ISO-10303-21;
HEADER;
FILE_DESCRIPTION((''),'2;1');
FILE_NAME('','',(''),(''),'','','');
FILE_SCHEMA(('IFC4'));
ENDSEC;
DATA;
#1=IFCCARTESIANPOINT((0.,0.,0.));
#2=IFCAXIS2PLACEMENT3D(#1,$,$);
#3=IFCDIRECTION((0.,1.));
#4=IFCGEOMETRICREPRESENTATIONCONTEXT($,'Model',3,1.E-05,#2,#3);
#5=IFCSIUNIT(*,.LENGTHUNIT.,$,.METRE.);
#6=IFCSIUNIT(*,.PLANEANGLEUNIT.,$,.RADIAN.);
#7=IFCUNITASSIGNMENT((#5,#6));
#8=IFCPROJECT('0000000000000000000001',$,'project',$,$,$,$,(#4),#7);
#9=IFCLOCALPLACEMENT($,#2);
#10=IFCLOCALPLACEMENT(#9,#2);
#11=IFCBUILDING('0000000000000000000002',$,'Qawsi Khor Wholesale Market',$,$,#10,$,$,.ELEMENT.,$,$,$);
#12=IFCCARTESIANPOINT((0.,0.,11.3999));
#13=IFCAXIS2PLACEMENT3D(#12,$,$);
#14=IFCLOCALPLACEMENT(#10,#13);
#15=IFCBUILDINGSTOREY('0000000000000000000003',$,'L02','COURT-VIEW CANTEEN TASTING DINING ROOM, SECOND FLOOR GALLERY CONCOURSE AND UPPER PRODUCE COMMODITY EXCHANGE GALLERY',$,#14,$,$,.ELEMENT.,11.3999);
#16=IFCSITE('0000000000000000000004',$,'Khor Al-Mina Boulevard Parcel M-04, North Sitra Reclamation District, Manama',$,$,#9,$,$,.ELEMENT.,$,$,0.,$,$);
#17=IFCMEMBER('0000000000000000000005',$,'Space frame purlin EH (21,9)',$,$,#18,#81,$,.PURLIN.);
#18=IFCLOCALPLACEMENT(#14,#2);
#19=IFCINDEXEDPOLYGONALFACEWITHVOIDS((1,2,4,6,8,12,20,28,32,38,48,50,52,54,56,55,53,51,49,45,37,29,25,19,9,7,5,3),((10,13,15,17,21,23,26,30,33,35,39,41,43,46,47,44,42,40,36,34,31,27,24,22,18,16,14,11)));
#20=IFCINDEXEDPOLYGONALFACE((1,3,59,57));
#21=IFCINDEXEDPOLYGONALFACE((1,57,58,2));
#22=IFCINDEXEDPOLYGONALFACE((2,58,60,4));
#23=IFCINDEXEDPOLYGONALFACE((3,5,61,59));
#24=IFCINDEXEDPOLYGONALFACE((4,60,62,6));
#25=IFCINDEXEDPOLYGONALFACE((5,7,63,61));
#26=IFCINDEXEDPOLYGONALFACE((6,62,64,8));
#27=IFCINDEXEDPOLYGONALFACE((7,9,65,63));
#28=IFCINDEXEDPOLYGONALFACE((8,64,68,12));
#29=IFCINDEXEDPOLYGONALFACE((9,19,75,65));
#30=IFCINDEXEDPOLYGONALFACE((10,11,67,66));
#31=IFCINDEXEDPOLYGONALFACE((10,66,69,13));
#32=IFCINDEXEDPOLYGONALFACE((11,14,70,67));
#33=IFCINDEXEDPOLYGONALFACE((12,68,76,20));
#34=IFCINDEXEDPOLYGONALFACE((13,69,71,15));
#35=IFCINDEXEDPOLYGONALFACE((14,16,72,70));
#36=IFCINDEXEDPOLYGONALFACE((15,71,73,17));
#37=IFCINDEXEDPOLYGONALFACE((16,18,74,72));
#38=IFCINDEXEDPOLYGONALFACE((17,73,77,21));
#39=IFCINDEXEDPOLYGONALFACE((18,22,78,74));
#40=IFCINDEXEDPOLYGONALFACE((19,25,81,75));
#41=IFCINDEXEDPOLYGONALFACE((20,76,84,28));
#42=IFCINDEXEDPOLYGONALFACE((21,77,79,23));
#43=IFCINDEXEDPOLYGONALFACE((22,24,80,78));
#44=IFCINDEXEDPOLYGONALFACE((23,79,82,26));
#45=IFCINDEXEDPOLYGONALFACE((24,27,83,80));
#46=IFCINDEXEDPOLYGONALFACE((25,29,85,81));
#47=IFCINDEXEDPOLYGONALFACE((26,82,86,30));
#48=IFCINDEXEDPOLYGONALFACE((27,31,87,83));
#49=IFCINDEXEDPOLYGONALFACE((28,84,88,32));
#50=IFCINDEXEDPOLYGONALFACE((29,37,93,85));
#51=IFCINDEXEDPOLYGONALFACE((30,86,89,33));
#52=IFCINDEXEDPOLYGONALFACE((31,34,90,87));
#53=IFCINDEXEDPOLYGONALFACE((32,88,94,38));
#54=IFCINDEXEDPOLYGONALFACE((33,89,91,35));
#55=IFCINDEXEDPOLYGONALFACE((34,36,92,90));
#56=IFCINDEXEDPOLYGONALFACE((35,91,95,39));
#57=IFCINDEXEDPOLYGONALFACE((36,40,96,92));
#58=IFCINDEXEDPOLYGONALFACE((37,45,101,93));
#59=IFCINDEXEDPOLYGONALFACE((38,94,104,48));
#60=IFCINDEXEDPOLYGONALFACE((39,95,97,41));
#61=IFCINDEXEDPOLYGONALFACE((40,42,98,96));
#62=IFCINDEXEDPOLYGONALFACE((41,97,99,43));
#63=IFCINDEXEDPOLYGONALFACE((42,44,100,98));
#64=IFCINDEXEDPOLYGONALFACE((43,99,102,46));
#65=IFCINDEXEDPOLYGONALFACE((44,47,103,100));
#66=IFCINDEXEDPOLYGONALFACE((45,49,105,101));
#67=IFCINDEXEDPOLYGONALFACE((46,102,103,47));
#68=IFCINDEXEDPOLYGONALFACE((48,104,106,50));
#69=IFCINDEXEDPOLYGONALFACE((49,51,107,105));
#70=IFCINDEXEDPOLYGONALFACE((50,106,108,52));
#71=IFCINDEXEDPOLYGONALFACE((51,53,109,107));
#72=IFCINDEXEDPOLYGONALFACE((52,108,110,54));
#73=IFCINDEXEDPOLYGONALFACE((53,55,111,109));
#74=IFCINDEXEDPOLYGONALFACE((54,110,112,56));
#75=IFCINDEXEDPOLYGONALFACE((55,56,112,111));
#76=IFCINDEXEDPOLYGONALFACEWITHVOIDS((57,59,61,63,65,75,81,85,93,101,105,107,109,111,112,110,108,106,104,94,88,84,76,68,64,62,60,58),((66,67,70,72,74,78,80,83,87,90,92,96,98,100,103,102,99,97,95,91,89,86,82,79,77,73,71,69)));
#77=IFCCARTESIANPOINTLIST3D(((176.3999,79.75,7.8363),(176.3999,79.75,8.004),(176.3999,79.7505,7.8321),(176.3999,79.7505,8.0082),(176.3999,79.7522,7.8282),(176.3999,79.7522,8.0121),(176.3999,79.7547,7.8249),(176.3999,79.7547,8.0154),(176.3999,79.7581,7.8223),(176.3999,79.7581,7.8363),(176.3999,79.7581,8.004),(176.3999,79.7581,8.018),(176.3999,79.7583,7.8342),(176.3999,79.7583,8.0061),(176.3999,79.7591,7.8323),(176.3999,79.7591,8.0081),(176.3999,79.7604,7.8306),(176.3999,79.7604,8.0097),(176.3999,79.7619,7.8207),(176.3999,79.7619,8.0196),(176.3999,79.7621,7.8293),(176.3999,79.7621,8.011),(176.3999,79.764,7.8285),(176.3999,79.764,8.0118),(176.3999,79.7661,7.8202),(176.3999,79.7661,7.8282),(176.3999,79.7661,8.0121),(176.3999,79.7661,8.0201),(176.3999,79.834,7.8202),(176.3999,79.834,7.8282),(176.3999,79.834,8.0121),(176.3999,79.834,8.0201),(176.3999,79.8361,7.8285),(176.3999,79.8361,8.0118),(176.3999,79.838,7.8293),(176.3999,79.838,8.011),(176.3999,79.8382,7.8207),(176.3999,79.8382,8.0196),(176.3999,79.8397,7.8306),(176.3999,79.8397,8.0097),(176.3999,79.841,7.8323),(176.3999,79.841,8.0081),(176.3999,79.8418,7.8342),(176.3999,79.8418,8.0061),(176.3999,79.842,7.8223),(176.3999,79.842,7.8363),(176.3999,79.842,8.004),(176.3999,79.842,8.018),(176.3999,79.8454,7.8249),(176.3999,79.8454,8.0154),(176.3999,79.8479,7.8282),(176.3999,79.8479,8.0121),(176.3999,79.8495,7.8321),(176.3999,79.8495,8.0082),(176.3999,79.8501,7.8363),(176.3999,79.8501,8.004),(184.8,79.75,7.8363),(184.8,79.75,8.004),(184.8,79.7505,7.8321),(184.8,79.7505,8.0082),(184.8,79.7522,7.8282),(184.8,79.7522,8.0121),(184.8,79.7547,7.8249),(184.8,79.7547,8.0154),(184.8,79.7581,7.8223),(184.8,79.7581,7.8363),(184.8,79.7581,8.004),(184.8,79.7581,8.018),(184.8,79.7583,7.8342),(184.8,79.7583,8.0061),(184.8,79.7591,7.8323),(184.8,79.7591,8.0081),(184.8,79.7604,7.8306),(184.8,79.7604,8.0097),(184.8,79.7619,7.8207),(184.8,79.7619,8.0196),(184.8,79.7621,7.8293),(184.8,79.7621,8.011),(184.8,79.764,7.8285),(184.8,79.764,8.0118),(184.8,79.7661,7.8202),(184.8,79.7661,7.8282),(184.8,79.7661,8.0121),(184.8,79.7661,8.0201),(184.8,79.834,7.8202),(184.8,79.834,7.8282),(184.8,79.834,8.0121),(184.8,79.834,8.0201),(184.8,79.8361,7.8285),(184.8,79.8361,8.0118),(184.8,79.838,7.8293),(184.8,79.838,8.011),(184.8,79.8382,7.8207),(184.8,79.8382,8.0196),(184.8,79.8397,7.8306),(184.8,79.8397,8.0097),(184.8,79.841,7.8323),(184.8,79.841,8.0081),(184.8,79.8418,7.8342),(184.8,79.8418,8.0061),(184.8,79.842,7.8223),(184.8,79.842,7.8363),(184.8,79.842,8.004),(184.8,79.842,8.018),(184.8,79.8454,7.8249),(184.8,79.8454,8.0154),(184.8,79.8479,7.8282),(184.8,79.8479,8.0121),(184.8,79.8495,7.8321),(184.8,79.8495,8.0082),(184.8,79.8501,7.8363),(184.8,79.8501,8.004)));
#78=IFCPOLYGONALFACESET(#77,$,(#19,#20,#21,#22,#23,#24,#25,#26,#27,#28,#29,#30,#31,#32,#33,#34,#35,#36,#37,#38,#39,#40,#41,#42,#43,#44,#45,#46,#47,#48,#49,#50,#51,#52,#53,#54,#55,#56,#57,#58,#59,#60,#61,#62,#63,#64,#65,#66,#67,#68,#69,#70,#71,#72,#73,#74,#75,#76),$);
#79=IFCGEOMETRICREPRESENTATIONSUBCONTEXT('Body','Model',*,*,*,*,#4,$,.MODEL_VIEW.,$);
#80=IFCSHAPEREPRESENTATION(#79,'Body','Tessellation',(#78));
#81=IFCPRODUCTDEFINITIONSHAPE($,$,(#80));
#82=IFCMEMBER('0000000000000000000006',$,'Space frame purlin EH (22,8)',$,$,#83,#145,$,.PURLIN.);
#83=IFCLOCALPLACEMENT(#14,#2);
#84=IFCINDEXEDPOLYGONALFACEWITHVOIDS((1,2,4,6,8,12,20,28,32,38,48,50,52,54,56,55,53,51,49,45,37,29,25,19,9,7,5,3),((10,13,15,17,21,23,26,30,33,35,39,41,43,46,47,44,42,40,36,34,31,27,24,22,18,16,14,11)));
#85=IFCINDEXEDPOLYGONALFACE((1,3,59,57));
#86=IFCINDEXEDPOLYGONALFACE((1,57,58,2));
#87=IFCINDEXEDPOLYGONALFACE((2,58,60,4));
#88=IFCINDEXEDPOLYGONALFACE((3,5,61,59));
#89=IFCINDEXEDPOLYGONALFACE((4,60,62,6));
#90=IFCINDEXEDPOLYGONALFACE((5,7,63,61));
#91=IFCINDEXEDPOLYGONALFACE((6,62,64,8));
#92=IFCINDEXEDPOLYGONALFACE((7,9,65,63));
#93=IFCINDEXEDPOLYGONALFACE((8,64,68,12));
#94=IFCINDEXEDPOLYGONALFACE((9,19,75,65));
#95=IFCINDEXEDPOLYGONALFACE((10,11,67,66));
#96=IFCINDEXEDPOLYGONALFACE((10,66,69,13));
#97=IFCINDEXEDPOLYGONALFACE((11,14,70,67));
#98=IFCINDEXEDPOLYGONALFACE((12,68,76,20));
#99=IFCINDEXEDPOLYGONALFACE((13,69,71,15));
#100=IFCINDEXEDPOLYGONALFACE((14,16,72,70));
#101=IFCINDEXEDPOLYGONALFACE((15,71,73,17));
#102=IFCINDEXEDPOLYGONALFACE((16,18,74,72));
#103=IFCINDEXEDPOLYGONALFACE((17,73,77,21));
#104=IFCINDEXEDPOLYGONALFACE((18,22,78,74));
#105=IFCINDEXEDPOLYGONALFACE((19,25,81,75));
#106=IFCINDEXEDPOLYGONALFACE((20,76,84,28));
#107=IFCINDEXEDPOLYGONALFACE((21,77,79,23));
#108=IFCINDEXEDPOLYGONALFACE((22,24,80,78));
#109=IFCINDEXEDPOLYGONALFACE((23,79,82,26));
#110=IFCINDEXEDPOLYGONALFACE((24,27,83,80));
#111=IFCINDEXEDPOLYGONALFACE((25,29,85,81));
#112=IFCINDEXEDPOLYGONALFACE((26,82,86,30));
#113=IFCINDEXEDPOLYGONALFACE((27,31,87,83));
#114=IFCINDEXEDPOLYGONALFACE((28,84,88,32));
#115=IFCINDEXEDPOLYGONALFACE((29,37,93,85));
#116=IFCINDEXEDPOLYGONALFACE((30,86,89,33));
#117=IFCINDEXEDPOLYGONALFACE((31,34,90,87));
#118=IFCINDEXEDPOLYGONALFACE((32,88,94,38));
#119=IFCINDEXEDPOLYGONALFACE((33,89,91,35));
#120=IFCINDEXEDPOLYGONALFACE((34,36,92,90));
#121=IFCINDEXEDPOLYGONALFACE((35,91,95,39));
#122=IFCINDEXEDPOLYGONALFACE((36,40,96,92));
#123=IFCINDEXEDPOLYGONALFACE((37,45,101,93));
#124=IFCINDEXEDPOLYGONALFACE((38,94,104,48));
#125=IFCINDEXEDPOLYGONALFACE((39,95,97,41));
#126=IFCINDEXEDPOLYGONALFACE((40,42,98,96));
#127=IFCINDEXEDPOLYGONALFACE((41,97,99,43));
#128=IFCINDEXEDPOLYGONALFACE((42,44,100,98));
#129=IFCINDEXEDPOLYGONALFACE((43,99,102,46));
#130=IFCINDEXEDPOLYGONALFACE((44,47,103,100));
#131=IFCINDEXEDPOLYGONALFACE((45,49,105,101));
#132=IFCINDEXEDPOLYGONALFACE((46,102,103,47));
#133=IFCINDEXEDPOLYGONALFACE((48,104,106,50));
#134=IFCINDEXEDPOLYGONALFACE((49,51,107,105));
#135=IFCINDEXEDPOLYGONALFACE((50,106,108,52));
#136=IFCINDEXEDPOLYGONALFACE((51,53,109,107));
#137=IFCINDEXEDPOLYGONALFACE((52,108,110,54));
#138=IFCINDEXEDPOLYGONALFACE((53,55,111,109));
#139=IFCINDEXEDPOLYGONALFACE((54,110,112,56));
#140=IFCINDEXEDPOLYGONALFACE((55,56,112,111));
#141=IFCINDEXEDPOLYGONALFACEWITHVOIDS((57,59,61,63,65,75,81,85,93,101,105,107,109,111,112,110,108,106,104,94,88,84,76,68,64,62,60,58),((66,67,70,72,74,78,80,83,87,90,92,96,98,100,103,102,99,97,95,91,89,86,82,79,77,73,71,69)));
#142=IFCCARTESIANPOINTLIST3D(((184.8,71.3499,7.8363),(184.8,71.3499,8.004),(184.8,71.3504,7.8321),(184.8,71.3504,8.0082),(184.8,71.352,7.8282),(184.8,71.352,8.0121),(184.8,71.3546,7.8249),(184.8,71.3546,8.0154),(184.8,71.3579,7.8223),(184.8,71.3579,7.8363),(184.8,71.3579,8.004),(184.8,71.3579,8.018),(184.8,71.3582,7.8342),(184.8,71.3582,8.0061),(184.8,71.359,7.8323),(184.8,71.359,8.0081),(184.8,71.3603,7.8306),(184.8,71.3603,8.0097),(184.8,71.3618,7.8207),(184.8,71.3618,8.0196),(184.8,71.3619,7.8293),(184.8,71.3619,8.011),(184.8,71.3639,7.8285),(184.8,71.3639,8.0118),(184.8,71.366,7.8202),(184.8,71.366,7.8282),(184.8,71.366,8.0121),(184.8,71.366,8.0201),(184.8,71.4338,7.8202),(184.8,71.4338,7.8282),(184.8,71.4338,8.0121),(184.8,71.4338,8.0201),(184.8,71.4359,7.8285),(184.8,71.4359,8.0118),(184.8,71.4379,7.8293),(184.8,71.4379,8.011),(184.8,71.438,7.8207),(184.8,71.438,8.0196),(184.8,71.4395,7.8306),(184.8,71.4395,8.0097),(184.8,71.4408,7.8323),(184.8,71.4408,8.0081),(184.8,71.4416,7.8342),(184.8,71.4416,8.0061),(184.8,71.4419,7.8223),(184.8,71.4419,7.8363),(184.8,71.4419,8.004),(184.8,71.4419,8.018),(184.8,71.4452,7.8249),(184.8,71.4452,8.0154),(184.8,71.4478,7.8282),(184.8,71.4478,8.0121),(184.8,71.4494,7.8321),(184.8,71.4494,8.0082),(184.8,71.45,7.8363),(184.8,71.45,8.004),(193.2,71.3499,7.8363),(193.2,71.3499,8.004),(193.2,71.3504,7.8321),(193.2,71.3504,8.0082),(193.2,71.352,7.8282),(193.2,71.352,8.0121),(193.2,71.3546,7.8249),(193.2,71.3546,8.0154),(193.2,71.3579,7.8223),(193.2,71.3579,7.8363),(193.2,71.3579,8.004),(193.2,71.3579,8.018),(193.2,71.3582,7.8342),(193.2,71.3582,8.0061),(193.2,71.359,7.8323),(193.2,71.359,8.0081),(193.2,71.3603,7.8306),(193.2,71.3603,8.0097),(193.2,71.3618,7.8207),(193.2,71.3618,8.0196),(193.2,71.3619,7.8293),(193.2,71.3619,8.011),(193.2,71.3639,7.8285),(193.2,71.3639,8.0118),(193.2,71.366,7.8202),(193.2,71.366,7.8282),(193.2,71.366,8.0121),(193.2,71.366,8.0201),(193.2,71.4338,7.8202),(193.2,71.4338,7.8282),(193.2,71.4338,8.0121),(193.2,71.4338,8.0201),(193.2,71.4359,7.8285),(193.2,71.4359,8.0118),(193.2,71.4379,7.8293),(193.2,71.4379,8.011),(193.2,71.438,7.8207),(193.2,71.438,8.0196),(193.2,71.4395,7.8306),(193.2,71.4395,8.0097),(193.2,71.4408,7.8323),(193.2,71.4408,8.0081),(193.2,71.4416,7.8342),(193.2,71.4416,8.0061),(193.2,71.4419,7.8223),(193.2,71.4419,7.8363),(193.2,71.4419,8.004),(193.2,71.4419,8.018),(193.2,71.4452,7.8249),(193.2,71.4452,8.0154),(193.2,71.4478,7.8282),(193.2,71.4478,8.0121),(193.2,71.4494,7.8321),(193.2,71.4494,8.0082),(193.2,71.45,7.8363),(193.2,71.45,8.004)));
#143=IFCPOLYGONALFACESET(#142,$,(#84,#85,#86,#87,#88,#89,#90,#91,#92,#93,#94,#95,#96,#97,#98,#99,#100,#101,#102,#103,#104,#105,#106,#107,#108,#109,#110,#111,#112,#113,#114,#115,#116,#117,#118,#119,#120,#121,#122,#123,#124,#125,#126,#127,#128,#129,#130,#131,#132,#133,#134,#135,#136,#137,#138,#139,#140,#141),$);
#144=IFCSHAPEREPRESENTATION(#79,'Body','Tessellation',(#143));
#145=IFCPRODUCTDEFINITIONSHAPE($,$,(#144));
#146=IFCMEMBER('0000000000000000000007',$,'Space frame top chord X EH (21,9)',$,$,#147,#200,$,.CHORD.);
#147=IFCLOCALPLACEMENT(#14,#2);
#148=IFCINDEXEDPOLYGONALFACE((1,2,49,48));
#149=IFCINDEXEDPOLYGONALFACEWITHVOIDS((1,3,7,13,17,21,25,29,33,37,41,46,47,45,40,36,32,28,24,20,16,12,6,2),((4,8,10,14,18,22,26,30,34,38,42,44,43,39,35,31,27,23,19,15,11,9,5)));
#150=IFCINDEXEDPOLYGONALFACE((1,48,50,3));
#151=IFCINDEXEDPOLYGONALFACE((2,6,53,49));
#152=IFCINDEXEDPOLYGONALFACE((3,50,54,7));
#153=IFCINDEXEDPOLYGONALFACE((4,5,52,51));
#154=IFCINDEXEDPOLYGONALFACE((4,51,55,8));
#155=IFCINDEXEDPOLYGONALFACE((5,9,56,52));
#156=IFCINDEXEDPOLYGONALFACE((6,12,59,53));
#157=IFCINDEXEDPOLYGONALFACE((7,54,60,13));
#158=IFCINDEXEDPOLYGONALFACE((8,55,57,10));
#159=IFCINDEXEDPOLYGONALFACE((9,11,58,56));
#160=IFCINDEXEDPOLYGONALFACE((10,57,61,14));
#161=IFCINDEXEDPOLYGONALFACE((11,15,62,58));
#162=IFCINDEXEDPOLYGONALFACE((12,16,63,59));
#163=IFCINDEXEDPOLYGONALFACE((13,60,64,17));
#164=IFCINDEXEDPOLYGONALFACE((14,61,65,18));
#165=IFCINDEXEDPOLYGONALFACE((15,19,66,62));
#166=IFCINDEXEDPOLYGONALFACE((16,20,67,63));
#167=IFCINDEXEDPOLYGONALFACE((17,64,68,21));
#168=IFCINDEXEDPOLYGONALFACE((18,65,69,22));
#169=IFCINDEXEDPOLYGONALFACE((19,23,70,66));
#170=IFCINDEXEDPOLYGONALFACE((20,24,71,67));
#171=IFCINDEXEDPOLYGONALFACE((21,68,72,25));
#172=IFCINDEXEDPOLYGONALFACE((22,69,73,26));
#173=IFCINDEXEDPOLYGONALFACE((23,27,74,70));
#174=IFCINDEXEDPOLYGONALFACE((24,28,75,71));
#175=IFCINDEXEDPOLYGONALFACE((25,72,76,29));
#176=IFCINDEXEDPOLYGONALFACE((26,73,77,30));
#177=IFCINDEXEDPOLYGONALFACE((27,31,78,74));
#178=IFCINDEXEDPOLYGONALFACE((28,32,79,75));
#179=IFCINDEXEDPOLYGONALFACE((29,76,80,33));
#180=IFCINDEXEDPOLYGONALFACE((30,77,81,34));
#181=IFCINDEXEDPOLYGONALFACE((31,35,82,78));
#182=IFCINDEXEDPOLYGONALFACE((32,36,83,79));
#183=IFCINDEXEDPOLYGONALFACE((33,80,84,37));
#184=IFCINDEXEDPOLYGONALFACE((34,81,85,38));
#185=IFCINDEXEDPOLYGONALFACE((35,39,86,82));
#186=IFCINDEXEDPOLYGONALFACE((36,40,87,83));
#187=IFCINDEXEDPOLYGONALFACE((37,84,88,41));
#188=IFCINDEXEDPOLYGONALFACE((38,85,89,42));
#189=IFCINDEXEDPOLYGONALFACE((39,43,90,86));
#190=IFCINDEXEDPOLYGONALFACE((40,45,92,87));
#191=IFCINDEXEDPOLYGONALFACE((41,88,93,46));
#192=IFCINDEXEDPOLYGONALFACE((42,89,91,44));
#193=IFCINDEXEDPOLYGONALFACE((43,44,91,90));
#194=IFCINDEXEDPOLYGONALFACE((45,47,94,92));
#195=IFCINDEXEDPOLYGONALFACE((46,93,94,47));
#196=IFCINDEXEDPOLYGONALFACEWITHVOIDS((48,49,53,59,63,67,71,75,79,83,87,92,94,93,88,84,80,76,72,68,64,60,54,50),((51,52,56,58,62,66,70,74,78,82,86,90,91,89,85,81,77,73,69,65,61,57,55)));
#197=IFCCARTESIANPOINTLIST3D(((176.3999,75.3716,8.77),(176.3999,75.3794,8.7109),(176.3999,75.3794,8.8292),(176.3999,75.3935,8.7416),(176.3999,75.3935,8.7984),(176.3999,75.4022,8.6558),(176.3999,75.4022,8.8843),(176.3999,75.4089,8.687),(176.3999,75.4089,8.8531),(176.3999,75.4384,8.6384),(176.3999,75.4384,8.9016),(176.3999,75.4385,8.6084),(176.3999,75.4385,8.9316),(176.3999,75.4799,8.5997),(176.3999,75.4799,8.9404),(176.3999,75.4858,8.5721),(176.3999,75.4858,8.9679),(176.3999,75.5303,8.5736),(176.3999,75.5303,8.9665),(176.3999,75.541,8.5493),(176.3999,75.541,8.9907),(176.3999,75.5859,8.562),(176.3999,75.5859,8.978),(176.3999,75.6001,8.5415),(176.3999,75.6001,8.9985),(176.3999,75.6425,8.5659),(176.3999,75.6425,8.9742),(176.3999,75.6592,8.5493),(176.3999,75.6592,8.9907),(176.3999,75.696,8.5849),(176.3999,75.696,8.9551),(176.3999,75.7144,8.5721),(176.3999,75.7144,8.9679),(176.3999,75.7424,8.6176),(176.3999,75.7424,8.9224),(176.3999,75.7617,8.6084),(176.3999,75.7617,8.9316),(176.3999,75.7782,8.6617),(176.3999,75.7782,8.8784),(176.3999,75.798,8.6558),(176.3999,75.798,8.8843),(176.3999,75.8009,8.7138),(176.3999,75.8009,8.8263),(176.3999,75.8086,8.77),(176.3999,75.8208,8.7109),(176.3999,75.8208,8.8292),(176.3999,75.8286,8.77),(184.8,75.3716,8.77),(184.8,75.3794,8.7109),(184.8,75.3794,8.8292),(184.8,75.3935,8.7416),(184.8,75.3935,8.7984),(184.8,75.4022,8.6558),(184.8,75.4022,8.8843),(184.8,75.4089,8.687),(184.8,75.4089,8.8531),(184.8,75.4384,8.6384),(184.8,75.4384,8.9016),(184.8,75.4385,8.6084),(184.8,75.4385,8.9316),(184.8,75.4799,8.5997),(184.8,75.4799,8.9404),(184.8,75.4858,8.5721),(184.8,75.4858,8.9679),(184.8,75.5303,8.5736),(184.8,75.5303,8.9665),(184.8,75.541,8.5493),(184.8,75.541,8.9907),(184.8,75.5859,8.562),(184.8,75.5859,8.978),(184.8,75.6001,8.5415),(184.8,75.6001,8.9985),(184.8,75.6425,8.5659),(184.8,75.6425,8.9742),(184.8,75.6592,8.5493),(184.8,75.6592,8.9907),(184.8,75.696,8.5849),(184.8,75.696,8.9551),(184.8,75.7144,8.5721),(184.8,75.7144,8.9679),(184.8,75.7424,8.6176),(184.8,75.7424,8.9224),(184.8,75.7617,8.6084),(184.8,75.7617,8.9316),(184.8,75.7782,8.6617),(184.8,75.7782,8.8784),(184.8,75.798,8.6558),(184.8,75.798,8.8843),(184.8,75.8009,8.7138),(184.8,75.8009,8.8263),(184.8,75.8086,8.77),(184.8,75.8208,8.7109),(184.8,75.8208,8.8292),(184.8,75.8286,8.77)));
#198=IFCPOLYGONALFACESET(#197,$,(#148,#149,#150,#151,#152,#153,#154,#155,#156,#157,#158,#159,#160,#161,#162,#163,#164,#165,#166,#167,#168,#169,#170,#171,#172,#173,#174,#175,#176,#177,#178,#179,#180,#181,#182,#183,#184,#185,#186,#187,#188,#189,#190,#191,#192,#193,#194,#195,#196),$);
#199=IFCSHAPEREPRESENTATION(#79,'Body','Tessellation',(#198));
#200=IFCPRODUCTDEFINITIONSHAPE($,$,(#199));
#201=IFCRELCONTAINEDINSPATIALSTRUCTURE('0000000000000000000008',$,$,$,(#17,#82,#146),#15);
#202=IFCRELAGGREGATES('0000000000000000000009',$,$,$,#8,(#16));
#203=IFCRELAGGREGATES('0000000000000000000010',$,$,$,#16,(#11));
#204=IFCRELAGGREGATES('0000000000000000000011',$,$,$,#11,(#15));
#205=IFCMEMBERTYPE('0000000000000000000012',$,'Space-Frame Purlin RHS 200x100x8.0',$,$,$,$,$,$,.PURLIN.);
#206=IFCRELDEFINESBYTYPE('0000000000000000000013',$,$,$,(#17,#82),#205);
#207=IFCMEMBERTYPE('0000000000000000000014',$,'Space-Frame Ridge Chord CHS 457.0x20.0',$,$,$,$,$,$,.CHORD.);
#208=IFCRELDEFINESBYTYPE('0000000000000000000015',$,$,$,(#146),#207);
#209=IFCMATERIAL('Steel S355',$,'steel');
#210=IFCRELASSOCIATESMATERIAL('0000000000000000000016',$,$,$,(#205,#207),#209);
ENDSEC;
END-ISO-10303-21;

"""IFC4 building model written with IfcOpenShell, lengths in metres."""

from ifc_helpers import new_model, si_unit, direction, frame, origin, origin_2d, place, context, subcontext, project, spatial, hollow_rectangle, hollow_circle, extrude, material, material_profile, profile_set, type_object, element, save


model = new_model("IFC4")

# Units and contexts
model_context = context("Model", 3, precision=1e-05, world=origin(), true_north=direction((0.0, 1.0)))
body_context = subcontext(model_context, "Body", "Model", "MODEL_VIEW")
ifc_project = project(units=[si_unit("LENGTHUNIT", "METRE"), si_unit("PLANEANGLEUNIT", "RADIAN")], contexts=[model_context])

# Site, building, storey
site_placement = place(None, origin())
site = spatial("IfcSite", under=ifc_project, at=site_placement, Name="Khor Al-Mina Boulevard Parcel M-04, North Sitra Reclamation District, Manama", CompositionType="ELEMENT", RefElevation=0.0)
building_placement = place(site_placement, origin())
building = spatial("IfcBuilding", under=site, at=building_placement, Name="Qawsi Khor Wholesale Market", CompositionType="ELEMENT")
storey_placement = place(building_placement, frame((0.0, 0.0, 11.3999)))
storey = spatial("IfcBuildingStorey", under=building, at=storey_placement, Name="L02", Description="COURT-VIEW CANTEEN TASTING DINING ROOM, SECOND FLOOR GALLERY CONCOURSE AND UPPER PRODUCE COMMODITY EXCHANGE GALLERY", CompositionType="ELEMENT", Elevation=11.3999)

# Members
ifc_material_1 = material(Name="Steel S355", Category="steel")
ifc_material_profile_1 = material_profile(ifc_material_1, hollow_rectangle(XDim=0.1001, YDim=0.2, WallThickness=0.0081, InnerFilletRadius=0.0081, OuterFilletRadius=0.0161, at=origin_2d()), Name="RHS 200x100x8.0")
ifc_profile_set_1 = profile_set([ifc_material_profile_1], Name="Steel S355")
member_type_1 = type_object("IfcMemberType", Name="Space-Frame Purlin RHS 200x100x8.0", PredefinedType="PURLIN", material=ifc_profile_set_1)
for number, where, z_axis, x_axis, name in (
    (1, (176.3999, 79.8, 7.9202), (1.0, 0.0, 0.0), (0.0, 1.0, 0.0), "Space frame purlin EH (21,9)"),
):
    element("IfcMember", number, at=place(storey_placement, frame(where, z_axis=z_axis, x_axis=x_axis)), inside=storey, type_object=member_type_1, Name=name, PredefinedType="PURLIN", context=body_context, shape_type="SweptSolid", body=[
        extrude(hollow_rectangle(XDim=0.1001, YDim=0.2, WallThickness=0.0081, InnerFilletRadius=0.0081, OuterFilletRadius=0.0161, at=origin_2d()), origin(), (0.0, 0.0, 1.0), 8.4001),
    ])
member_1_placement = place(storey_placement, frame((184.8, 71.3999, 7.9202), z_axis=(1.0, 0.0, 0.0), x_axis=(0.0, 1.0, 0.0)))
element("IfcMember", 2, at=member_1_placement, inside=storey, type_object=member_type_1, Name="Space frame purlin EH (22,8)", PredefinedType="PURLIN", context=body_context, shape_type="SweptSolid", body=[
    extrude(hollow_rectangle(XDim=0.1001, YDim=0.2, WallThickness=0.0081, InnerFilletRadius=0.0081, OuterFilletRadius=0.0161, at=origin_2d()), origin(), (0.0, 0.0, 1.0), 8.3999),
])
ifc_material_profile_2 = material_profile(ifc_material_1, hollow_circle(Radius=0.2285, WallThickness=0.02, at=origin_2d()), Name="CHS 457.0x20.0")
ifc_profile_set_2 = profile_set([ifc_material_profile_2], Name="Steel S355")
member_type_2 = type_object("IfcMemberType", Name="Space-Frame Ridge Chord CHS 457.0x20.0", PredefinedType="CHORD", material=ifc_profile_set_2)
member_2_placement = place(storey_placement, frame((176.3999, 75.6001, 8.77), z_axis=(1.0, 0.0, 0.0), x_axis=(0.0, 1.0, 0.0)))
element("IfcMember", 3, at=member_2_placement, inside=storey, type_object=member_type_2, Name="Space frame top chord X EH (21,9)", PredefinedType="CHORD", context=body_context, shape_type="SweptSolid", body=[
    extrude(hollow_circle(Radius=0.2285, WallThickness=0.02, at=origin_2d()), origin(), (0.0, 0.0, 1.0), 8.4001),
])

save(model, "model.ifc")
